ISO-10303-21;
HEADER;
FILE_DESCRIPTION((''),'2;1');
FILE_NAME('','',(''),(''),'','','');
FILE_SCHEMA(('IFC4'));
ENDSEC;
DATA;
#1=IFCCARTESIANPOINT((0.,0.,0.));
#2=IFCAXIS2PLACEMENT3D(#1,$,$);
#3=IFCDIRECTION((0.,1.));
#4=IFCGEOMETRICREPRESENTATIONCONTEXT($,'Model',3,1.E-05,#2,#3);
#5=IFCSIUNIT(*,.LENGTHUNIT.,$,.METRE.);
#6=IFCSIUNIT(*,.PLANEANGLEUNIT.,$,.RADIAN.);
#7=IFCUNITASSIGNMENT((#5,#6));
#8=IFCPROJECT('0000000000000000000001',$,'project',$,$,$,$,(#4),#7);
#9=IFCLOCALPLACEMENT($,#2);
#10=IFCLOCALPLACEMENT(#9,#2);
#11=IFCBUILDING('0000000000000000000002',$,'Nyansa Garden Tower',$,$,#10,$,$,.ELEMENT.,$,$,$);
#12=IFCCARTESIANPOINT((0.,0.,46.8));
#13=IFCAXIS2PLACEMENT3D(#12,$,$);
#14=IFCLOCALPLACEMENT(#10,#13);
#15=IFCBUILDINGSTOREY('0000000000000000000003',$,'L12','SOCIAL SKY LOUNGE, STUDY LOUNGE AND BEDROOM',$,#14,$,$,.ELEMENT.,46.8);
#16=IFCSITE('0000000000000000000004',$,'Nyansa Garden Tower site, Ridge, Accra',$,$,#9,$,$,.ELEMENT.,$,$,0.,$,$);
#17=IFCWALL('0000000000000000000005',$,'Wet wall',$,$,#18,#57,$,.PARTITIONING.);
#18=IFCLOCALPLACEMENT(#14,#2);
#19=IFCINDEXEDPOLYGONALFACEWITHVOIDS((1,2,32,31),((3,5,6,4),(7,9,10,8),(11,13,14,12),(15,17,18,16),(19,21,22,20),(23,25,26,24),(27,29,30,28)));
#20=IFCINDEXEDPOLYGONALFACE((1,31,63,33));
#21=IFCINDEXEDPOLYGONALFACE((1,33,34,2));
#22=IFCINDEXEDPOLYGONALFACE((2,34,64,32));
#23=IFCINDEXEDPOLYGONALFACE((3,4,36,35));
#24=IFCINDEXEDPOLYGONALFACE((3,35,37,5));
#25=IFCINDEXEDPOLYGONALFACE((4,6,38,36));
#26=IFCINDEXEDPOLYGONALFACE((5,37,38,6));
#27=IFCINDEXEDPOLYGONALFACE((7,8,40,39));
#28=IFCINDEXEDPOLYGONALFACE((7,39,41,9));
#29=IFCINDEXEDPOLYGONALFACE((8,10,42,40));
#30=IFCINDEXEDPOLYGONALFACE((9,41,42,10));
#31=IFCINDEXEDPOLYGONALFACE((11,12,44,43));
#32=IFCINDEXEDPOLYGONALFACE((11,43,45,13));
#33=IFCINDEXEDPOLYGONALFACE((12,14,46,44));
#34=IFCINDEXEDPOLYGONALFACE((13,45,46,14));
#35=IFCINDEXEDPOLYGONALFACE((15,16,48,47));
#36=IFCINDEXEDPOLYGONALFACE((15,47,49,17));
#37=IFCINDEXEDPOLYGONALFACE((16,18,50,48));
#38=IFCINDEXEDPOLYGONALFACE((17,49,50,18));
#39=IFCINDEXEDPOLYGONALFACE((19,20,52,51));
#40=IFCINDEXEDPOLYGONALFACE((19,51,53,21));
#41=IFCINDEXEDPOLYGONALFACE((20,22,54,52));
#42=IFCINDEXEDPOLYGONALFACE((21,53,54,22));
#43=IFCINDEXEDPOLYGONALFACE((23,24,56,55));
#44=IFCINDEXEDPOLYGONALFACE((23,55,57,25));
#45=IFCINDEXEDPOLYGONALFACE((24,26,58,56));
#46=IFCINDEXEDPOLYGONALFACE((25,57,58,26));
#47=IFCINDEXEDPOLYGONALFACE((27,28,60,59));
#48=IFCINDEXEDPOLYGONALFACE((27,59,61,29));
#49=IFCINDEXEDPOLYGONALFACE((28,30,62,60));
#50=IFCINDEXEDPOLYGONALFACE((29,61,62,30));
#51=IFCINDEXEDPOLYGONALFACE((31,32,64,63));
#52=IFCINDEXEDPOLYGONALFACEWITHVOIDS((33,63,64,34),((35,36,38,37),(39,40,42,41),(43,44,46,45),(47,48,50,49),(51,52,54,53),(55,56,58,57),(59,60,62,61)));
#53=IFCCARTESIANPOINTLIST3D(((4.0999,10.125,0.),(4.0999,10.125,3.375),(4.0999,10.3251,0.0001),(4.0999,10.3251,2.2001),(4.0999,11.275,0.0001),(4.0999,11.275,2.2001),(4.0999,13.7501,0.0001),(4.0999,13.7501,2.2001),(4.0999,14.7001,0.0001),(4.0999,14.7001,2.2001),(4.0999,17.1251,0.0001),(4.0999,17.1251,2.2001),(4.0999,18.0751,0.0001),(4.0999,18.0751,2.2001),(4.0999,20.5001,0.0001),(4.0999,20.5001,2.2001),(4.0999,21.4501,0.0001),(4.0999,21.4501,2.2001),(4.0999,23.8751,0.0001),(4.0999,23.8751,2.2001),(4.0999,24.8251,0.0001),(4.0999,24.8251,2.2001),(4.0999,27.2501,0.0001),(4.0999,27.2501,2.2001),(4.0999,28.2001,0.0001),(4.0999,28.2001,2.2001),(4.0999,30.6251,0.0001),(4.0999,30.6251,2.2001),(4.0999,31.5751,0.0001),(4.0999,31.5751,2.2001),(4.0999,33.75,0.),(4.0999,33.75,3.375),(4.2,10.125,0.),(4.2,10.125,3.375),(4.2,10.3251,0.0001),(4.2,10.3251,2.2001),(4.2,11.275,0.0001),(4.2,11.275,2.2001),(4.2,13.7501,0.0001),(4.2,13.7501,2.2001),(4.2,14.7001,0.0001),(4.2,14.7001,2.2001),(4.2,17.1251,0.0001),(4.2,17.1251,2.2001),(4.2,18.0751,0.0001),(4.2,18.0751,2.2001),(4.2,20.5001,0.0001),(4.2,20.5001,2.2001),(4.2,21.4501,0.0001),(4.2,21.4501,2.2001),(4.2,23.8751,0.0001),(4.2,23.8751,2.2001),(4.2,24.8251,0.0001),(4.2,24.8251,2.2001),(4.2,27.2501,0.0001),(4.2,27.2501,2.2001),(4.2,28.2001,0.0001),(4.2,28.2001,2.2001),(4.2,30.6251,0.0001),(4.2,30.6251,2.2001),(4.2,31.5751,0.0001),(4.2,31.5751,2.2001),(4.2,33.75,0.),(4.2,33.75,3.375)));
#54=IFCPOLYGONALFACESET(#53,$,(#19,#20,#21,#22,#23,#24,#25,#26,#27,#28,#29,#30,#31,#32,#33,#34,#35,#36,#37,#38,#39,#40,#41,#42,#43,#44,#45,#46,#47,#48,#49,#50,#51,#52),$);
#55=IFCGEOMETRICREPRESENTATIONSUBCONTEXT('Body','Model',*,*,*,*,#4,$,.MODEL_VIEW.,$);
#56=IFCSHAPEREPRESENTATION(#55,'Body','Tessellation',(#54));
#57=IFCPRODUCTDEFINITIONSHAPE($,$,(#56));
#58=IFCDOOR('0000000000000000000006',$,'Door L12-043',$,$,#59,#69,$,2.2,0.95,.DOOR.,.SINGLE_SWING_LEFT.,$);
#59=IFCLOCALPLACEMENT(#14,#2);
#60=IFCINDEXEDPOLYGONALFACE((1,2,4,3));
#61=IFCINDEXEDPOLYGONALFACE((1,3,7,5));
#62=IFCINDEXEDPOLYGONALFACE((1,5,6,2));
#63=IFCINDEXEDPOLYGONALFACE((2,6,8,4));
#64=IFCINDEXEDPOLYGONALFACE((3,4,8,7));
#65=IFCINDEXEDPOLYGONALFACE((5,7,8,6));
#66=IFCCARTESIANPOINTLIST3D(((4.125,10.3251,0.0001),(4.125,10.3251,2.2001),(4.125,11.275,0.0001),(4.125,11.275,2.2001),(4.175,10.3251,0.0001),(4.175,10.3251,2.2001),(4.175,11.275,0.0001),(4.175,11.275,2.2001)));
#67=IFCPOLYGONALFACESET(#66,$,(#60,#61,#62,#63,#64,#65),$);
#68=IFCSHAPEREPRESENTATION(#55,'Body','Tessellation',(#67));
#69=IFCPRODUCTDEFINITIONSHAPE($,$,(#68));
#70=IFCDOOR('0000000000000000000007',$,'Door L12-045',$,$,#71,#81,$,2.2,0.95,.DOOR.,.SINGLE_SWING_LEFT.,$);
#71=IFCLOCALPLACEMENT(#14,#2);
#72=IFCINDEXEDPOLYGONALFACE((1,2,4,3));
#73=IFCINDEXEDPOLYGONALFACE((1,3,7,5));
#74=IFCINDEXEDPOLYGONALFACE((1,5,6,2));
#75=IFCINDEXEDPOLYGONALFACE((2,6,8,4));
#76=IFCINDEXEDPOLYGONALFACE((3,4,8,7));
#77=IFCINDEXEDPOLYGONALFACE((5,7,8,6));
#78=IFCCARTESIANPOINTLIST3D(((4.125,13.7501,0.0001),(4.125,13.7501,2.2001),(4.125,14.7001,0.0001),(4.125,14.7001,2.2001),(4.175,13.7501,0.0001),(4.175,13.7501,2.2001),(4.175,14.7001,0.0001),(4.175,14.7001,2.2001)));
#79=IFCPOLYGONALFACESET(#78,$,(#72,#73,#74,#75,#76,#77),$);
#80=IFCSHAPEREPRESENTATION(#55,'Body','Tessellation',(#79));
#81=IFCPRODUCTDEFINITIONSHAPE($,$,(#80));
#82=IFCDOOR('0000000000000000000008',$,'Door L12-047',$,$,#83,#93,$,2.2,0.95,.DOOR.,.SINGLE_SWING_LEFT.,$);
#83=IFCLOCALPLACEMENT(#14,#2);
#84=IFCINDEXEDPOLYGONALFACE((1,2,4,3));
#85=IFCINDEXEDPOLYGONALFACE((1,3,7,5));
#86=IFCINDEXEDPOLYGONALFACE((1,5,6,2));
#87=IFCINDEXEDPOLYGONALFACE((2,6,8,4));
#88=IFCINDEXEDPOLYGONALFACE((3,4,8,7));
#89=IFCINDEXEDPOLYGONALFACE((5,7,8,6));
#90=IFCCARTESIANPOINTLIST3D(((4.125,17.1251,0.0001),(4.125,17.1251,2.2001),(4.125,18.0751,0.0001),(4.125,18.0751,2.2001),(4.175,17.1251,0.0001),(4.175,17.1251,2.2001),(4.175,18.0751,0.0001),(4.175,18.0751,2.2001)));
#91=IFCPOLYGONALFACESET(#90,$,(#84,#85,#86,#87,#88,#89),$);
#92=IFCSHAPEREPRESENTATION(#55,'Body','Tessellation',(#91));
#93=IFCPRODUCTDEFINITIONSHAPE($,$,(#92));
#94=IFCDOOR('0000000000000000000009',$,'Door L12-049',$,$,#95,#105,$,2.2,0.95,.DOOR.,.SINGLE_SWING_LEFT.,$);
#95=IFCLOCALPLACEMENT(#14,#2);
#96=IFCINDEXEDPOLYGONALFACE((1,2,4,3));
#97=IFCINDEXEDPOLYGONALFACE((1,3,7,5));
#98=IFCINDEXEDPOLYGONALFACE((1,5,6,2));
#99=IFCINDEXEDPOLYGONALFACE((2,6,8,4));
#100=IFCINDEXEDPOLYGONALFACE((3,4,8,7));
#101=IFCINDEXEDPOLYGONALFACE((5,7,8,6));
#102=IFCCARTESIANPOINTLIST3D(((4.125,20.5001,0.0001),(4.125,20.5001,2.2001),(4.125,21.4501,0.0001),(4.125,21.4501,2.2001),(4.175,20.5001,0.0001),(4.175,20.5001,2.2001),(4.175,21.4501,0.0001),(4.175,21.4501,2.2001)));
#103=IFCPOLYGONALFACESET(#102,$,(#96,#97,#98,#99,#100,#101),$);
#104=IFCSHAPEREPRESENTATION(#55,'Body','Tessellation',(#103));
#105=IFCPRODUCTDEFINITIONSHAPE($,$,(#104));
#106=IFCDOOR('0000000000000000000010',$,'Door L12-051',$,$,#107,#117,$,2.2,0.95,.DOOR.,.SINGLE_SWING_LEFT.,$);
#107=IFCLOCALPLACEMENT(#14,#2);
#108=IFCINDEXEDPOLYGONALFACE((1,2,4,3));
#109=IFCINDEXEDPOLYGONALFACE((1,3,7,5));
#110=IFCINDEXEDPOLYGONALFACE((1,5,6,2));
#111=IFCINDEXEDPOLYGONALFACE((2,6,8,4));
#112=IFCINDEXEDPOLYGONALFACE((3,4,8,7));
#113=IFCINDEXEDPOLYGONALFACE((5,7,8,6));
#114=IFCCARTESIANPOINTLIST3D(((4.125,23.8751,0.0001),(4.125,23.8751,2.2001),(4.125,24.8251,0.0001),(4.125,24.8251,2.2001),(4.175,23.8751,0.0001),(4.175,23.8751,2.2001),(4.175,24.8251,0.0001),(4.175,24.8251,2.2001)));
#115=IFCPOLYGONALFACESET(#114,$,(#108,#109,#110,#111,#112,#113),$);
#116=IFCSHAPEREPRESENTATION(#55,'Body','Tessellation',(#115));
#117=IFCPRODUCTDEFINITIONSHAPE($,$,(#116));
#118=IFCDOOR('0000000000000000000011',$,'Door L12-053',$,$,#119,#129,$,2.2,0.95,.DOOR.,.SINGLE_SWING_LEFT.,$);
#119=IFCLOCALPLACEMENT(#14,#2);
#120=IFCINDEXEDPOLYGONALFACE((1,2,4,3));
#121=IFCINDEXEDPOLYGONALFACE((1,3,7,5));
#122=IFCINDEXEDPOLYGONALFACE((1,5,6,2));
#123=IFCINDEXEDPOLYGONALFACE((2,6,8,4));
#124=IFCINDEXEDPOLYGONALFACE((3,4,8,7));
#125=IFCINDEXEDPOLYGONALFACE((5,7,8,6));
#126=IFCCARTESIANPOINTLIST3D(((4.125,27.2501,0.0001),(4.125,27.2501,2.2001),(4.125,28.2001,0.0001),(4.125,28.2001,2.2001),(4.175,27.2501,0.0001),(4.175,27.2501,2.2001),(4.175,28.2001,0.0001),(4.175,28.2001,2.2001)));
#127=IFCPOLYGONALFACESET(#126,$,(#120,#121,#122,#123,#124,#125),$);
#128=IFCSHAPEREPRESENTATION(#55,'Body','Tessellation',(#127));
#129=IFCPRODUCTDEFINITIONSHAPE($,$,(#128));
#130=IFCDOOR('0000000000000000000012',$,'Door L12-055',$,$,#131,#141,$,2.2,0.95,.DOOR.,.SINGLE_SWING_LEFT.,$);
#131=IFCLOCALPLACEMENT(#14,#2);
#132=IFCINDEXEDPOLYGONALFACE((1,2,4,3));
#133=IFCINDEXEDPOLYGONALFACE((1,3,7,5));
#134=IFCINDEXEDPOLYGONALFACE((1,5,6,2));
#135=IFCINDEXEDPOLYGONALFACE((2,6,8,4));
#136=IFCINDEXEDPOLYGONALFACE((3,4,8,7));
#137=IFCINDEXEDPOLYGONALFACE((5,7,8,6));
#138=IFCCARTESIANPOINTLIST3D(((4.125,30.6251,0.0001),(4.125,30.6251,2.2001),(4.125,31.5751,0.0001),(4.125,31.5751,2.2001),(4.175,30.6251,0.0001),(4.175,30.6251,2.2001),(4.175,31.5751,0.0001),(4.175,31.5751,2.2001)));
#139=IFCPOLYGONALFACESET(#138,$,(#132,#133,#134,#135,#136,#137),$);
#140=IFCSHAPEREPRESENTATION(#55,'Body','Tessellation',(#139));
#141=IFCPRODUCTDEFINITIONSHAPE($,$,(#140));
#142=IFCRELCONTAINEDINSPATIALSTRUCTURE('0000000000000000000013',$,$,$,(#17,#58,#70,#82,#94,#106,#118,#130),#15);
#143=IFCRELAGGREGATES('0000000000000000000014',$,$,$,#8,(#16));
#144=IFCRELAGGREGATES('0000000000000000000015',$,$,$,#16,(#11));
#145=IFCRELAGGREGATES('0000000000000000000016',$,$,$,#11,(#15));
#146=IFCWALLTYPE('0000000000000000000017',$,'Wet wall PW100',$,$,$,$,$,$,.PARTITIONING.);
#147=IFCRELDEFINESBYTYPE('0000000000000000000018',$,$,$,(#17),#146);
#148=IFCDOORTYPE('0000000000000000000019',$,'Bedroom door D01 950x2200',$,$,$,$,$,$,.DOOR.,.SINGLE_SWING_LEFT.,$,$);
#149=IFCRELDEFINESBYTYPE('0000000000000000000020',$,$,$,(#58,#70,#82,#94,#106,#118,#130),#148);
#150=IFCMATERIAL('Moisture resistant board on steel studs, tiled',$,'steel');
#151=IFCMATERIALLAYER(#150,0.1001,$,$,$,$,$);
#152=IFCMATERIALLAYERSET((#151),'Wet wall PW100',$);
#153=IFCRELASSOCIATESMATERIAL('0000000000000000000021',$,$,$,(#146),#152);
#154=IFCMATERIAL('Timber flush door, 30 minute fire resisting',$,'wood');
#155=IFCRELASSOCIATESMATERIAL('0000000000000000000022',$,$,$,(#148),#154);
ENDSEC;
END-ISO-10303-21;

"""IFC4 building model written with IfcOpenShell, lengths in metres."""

from ifc_helpers import new_model, si_unit, direction, frame, frame_2d, origin, place, context, subcontext, project, spatial, rectangle, extrude, material, layer, layer_set, type_object, element, fill, save


model = new_model("IFC4")

# Units and contexts
model_context = context("Model", 3, precision=1e-05, world=origin(), true_north=direction((0.0, 1.0)))
body_context = subcontext(model_context, "Body", "Model", "MODEL_VIEW")
ifc_project = project(units=[si_unit("LENGTHUNIT", "METRE"), si_unit("PLANEANGLEUNIT", "RADIAN")], contexts=[model_context])

# Site, building, storey
site_placement = place(None, origin())
site = spatial("IfcSite", under=ifc_project, at=site_placement, Name="Nyansa Garden Tower site, Ridge, Accra", CompositionType="ELEMENT", RefElevation=0.0)
building_placement = place(site_placement, origin())
building = spatial("IfcBuilding", under=site, at=building_placement, Name="Nyansa Garden Tower", CompositionType="ELEMENT")
storey_placement = place(building_placement, frame((0.0, 0.0, 46.8)))
storey = spatial("IfcBuildingStorey", under=building, at=storey_placement, Name="L12", Description="SOCIAL SKY LOUNGE, STUDY LOUNGE AND BEDROOM", CompositionType="ELEMENT", Elevation=46.8)

# Wall, openings, doors
ifc_material_1 = material(Name="Moisture resistant board on steel studs, tiled", Category="steel")
ifc_layer_1 = layer(ifc_material_1, 0.1001)
ifc_layer_set_1 = layer_set([ifc_layer_1], Name="Wet wall PW100")
wall_type_1 = type_object("IfcWallType", Name="Wet wall PW100", PredefinedType="PARTITIONING", material=ifc_layer_set_1)
wall_1_placement = place(storey_placement, frame((4.1499, 10.125, 0.0), z_axis=(0.0, 0.0, 1.0), x_axis=(0.0, 1.0, 0.0)))
wall_1 = element("IfcWall", 1, at=wall_1_placement, inside=storey, type_object=wall_type_1, Name="Wet wall", PredefinedType="PARTITIONING", context=body_context, shape_type="SweptSolid", body=[
    extrude(rectangle(XDim=23.625, YDim=0.1001, at=frame_2d((11.8125, 0.0))), origin(), (0.0, 0.0, 1.0), 3.375),
])
opening_1_placement = place(wall_1_placement, frame((0.2, 0.0, 0.0)))
opening_1 = element("IfcOpeningElement", 2, at=opening_1_placement, cuts=wall_1, PredefinedType="OPENING", context=body_context, shape_type="SweptSolid", body=[
    extrude(rectangle(XDim=0.95, YDim=2.2, at=frame_2d((0.4751, 1.1001))), frame((0.0, 0.0601, 0.0), z_axis=(0.0, -1.0, 0.0), x_axis=(1.0, 0.0, 0.0)), (0.0, 0.0, 1.0), 0.1201),
])
opening_2_placement = place(wall_1_placement, frame((3.625, 0.0, 0.0)))
opening_2 = element("IfcOpeningElement", 3, at=opening_2_placement, cuts=wall_1, PredefinedType="OPENING", context=body_context, shape_type="SweptSolid", body=[
    extrude(rectangle(XDim=0.95, YDim=2.2, at=frame_2d((0.4751, 1.1001))), frame((0.0, 0.0601, 0.0), z_axis=(0.0, -1.0, 0.0), x_axis=(1.0, 0.0, 0.0)), (0.0, 0.0, 1.0), 0.1201),
])
opening_3_placement = place(wall_1_placement, frame((7.0, 0.0, 0.0)))
opening_3 = element("IfcOpeningElement", 4, at=opening_3_placement, cuts=wall_1, PredefinedType="OPENING", context=body_context, shape_type="SweptSolid", body=[
    extrude(rectangle(XDim=0.95, YDim=2.2, at=frame_2d((0.4751, 1.1001))), frame((0.0, 0.0601, 0.0), z_axis=(0.0, -1.0, 0.0), x_axis=(1.0, 0.0, 0.0)), (0.0, 0.0, 1.0), 0.1201),
])
opening_4_placement = place(wall_1_placement, frame((10.375, 0.0, 0.0)))
opening_4 = element("IfcOpeningElement", 5, at=opening_4_placement, cuts=wall_1, PredefinedType="OPENING", context=body_context, shape_type="SweptSolid", body=[
    extrude(rectangle(XDim=0.95, YDim=2.2, at=frame_2d((0.4751, 1.1001))), frame((0.0, 0.0601, 0.0), z_axis=(0.0, -1.0, 0.0), x_axis=(1.0, 0.0, 0.0)), (0.0, 0.0, 1.0), 0.1201),
])
opening_5_placement = place(wall_1_placement, frame((13.75, 0.0, 0.0)))
opening_5 = element("IfcOpeningElement", 6, at=opening_5_placement, cuts=wall_1, PredefinedType="OPENING", context=body_context, shape_type="SweptSolid", body=[
    extrude(rectangle(XDim=0.95, YDim=2.2, at=frame_2d((0.4751, 1.1001))), frame((0.0, 0.0601, 0.0), z_axis=(0.0, -1.0, 0.0), x_axis=(1.0, 0.0, 0.0)), (0.0, 0.0, 1.0), 0.1201),
])
opening_6_placement = place(wall_1_placement, frame((17.125, 0.0, 0.0)))
opening_6 = element("IfcOpeningElement", 7, at=opening_6_placement, cuts=wall_1, PredefinedType="OPENING", context=body_context, shape_type="SweptSolid", body=[
    extrude(rectangle(XDim=0.95, YDim=2.2, at=frame_2d((0.4751, 1.1001))), frame((0.0, 0.0601, 0.0), z_axis=(0.0, -1.0, 0.0), x_axis=(1.0, 0.0, 0.0)), (0.0, 0.0, 1.0), 0.1201),
])
opening_7_placement = place(wall_1_placement, frame((20.5, 0.0, 0.0)))
opening_7 = element("IfcOpeningElement", 8, at=opening_7_placement, cuts=wall_1, PredefinedType="OPENING", context=body_context, shape_type="SweptSolid", body=[
    extrude(rectangle(XDim=0.95, YDim=2.2, at=frame_2d((0.4751, 1.1001))), frame((0.0, 0.0601, 0.0), z_axis=(0.0, -1.0, 0.0), x_axis=(1.0, 0.0, 0.0)), (0.0, 0.0, 1.0), 0.1201),
])
ifc_material_2 = material(Name="Timber flush door, 30 minute fire resisting", Category="wood")
door_type_1 = type_object("IfcDoorType", Name="Bedroom door D01 950x2200", OperationType="SINGLE_SWING_LEFT", PredefinedType="DOOR", material=ifc_material_2)
door_1_placement = place(opening_1_placement, origin())
door_1 = element("IfcDoor", 9, at=door_1_placement, inside=storey, type_object=door_type_1, Name="Door L12-043", OperationType="SINGLE_SWING_LEFT", OverallHeight=2.2, OverallWidth=0.95, PredefinedType="DOOR", context=body_context, shape_type="SweptSolid", body=[
    extrude(rectangle(XDim=0.95, YDim=2.2, at=frame_2d((0.4751, 1.1001))), frame((0.0, 0.0249, 0.0), z_axis=(0.0, -1.0, 0.0), x_axis=(1.0, 0.0, 0.0)), (0.0, 0.0, 1.0), 0.05),
])
fill(opening_1, door_1)
door_2_placement = place(opening_2_placement, origin())
door_2 = element("IfcDoor", 10, at=door_2_placement, inside=storey, type_object=door_type_1, Name="Door L12-045", OperationType="SINGLE_SWING_LEFT", OverallHeight=2.2, OverallWidth=0.95, PredefinedType="DOOR", context=body_context, shape_type="SweptSolid", body=[
    extrude(rectangle(XDim=0.95, YDim=2.2, at=frame_2d((0.4751, 1.1001))), frame((0.0, 0.0249, 0.0), z_axis=(0.0, -1.0, 0.0), x_axis=(1.0, 0.0, 0.0)), (0.0, 0.0, 1.0), 0.05),
])
fill(opening_2, door_2)
door_3_placement = place(opening_3_placement, origin())
door_3 = element("IfcDoor", 11, at=door_3_placement, inside=storey, type_object=door_type_1, Name="Door L12-047", OperationType="SINGLE_SWING_LEFT", OverallHeight=2.2, OverallWidth=0.95, PredefinedType="DOOR", context=body_context, shape_type="SweptSolid", body=[
    extrude(rectangle(XDim=0.95, YDim=2.2, at=frame_2d((0.4751, 1.1001))), frame((0.0, 0.0249, 0.0), z_axis=(0.0, -1.0, 0.0), x_axis=(1.0, 0.0, 0.0)), (0.0, 0.0, 1.0), 0.05),
])
fill(opening_3, door_3)
door_4_placement = place(opening_4_placement, origin())
door_4 = element("IfcDoor", 12, at=door_4_placement, inside=storey, type_object=door_type_1, Name="Door L12-049", OperationType="SINGLE_SWING_LEFT", OverallHeight=2.2, OverallWidth=0.95, PredefinedType="DOOR", context=body_context, shape_type="SweptSolid", body=[
    extrude(rectangle(XDim=0.95, YDim=2.2, at=frame_2d((0.4751, 1.1001))), frame((0.0, 0.0249, 0.0), z_axis=(0.0, -1.0, 0.0), x_axis=(1.0, 0.0, 0.0)), (0.0, 0.0, 1.0), 0.05),
])
fill(opening_4, door_4)
door_5_placement = place(opening_5_placement, origin())
door_5 = element("IfcDoor", 13, at=door_5_placement, inside=storey, type_object=door_type_1, Name="Door L12-051", OperationType="SINGLE_SWING_LEFT", OverallHeight=2.2, OverallWidth=0.95, PredefinedType="DOOR", context=body_context, shape_type="SweptSolid", body=[
    extrude(rectangle(XDim=0.95, YDim=2.2, at=frame_2d((0.4751, 1.1001))), frame((0.0, 0.0249, 0.0), z_axis=(0.0, -1.0, 0.0), x_axis=(1.0, 0.0, 0.0)), (0.0, 0.0, 1.0), 0.05),
])
fill(opening_5, door_5)
door_6_placement = place(opening_6_placement, origin())
door_6 = element("IfcDoor", 14, at=door_6_placement, inside=storey, type_object=door_type_1, Name="Door L12-053", OperationType="SINGLE_SWING_LEFT", OverallHeight=2.2, OverallWidth=0.95, PredefinedType="DOOR", context=body_context, shape_type="SweptSolid", body=[
    extrude(rectangle(XDim=0.95, YDim=2.2, at=frame_2d((0.4751, 1.1001))), frame((0.0, 0.0249, 0.0), z_axis=(0.0, -1.0, 0.0), x_axis=(1.0, 0.0, 0.0)), (0.0, 0.0, 1.0), 0.05),
])
fill(opening_6, door_6)
door_7_placement = place(opening_7_placement, origin())
door_7 = element("IfcDoor", 15, at=door_7_placement, inside=storey, type_object=door_type_1, Name="Door L12-055", OperationType="SINGLE_SWING_LEFT", OverallHeight=2.2, OverallWidth=0.95, PredefinedType="DOOR", context=body_context, shape_type="SweptSolid", body=[
    extrude(rectangle(XDim=0.95, YDim=2.2, at=frame_2d((0.4751, 1.1001))), frame((0.0, 0.0249, 0.0), z_axis=(0.0, -1.0, 0.0), x_axis=(1.0, 0.0, 0.0)), (0.0, 0.0, 1.0), 0.05),
])
fill(opening_7, door_7)

save(model, "model.ifc")
